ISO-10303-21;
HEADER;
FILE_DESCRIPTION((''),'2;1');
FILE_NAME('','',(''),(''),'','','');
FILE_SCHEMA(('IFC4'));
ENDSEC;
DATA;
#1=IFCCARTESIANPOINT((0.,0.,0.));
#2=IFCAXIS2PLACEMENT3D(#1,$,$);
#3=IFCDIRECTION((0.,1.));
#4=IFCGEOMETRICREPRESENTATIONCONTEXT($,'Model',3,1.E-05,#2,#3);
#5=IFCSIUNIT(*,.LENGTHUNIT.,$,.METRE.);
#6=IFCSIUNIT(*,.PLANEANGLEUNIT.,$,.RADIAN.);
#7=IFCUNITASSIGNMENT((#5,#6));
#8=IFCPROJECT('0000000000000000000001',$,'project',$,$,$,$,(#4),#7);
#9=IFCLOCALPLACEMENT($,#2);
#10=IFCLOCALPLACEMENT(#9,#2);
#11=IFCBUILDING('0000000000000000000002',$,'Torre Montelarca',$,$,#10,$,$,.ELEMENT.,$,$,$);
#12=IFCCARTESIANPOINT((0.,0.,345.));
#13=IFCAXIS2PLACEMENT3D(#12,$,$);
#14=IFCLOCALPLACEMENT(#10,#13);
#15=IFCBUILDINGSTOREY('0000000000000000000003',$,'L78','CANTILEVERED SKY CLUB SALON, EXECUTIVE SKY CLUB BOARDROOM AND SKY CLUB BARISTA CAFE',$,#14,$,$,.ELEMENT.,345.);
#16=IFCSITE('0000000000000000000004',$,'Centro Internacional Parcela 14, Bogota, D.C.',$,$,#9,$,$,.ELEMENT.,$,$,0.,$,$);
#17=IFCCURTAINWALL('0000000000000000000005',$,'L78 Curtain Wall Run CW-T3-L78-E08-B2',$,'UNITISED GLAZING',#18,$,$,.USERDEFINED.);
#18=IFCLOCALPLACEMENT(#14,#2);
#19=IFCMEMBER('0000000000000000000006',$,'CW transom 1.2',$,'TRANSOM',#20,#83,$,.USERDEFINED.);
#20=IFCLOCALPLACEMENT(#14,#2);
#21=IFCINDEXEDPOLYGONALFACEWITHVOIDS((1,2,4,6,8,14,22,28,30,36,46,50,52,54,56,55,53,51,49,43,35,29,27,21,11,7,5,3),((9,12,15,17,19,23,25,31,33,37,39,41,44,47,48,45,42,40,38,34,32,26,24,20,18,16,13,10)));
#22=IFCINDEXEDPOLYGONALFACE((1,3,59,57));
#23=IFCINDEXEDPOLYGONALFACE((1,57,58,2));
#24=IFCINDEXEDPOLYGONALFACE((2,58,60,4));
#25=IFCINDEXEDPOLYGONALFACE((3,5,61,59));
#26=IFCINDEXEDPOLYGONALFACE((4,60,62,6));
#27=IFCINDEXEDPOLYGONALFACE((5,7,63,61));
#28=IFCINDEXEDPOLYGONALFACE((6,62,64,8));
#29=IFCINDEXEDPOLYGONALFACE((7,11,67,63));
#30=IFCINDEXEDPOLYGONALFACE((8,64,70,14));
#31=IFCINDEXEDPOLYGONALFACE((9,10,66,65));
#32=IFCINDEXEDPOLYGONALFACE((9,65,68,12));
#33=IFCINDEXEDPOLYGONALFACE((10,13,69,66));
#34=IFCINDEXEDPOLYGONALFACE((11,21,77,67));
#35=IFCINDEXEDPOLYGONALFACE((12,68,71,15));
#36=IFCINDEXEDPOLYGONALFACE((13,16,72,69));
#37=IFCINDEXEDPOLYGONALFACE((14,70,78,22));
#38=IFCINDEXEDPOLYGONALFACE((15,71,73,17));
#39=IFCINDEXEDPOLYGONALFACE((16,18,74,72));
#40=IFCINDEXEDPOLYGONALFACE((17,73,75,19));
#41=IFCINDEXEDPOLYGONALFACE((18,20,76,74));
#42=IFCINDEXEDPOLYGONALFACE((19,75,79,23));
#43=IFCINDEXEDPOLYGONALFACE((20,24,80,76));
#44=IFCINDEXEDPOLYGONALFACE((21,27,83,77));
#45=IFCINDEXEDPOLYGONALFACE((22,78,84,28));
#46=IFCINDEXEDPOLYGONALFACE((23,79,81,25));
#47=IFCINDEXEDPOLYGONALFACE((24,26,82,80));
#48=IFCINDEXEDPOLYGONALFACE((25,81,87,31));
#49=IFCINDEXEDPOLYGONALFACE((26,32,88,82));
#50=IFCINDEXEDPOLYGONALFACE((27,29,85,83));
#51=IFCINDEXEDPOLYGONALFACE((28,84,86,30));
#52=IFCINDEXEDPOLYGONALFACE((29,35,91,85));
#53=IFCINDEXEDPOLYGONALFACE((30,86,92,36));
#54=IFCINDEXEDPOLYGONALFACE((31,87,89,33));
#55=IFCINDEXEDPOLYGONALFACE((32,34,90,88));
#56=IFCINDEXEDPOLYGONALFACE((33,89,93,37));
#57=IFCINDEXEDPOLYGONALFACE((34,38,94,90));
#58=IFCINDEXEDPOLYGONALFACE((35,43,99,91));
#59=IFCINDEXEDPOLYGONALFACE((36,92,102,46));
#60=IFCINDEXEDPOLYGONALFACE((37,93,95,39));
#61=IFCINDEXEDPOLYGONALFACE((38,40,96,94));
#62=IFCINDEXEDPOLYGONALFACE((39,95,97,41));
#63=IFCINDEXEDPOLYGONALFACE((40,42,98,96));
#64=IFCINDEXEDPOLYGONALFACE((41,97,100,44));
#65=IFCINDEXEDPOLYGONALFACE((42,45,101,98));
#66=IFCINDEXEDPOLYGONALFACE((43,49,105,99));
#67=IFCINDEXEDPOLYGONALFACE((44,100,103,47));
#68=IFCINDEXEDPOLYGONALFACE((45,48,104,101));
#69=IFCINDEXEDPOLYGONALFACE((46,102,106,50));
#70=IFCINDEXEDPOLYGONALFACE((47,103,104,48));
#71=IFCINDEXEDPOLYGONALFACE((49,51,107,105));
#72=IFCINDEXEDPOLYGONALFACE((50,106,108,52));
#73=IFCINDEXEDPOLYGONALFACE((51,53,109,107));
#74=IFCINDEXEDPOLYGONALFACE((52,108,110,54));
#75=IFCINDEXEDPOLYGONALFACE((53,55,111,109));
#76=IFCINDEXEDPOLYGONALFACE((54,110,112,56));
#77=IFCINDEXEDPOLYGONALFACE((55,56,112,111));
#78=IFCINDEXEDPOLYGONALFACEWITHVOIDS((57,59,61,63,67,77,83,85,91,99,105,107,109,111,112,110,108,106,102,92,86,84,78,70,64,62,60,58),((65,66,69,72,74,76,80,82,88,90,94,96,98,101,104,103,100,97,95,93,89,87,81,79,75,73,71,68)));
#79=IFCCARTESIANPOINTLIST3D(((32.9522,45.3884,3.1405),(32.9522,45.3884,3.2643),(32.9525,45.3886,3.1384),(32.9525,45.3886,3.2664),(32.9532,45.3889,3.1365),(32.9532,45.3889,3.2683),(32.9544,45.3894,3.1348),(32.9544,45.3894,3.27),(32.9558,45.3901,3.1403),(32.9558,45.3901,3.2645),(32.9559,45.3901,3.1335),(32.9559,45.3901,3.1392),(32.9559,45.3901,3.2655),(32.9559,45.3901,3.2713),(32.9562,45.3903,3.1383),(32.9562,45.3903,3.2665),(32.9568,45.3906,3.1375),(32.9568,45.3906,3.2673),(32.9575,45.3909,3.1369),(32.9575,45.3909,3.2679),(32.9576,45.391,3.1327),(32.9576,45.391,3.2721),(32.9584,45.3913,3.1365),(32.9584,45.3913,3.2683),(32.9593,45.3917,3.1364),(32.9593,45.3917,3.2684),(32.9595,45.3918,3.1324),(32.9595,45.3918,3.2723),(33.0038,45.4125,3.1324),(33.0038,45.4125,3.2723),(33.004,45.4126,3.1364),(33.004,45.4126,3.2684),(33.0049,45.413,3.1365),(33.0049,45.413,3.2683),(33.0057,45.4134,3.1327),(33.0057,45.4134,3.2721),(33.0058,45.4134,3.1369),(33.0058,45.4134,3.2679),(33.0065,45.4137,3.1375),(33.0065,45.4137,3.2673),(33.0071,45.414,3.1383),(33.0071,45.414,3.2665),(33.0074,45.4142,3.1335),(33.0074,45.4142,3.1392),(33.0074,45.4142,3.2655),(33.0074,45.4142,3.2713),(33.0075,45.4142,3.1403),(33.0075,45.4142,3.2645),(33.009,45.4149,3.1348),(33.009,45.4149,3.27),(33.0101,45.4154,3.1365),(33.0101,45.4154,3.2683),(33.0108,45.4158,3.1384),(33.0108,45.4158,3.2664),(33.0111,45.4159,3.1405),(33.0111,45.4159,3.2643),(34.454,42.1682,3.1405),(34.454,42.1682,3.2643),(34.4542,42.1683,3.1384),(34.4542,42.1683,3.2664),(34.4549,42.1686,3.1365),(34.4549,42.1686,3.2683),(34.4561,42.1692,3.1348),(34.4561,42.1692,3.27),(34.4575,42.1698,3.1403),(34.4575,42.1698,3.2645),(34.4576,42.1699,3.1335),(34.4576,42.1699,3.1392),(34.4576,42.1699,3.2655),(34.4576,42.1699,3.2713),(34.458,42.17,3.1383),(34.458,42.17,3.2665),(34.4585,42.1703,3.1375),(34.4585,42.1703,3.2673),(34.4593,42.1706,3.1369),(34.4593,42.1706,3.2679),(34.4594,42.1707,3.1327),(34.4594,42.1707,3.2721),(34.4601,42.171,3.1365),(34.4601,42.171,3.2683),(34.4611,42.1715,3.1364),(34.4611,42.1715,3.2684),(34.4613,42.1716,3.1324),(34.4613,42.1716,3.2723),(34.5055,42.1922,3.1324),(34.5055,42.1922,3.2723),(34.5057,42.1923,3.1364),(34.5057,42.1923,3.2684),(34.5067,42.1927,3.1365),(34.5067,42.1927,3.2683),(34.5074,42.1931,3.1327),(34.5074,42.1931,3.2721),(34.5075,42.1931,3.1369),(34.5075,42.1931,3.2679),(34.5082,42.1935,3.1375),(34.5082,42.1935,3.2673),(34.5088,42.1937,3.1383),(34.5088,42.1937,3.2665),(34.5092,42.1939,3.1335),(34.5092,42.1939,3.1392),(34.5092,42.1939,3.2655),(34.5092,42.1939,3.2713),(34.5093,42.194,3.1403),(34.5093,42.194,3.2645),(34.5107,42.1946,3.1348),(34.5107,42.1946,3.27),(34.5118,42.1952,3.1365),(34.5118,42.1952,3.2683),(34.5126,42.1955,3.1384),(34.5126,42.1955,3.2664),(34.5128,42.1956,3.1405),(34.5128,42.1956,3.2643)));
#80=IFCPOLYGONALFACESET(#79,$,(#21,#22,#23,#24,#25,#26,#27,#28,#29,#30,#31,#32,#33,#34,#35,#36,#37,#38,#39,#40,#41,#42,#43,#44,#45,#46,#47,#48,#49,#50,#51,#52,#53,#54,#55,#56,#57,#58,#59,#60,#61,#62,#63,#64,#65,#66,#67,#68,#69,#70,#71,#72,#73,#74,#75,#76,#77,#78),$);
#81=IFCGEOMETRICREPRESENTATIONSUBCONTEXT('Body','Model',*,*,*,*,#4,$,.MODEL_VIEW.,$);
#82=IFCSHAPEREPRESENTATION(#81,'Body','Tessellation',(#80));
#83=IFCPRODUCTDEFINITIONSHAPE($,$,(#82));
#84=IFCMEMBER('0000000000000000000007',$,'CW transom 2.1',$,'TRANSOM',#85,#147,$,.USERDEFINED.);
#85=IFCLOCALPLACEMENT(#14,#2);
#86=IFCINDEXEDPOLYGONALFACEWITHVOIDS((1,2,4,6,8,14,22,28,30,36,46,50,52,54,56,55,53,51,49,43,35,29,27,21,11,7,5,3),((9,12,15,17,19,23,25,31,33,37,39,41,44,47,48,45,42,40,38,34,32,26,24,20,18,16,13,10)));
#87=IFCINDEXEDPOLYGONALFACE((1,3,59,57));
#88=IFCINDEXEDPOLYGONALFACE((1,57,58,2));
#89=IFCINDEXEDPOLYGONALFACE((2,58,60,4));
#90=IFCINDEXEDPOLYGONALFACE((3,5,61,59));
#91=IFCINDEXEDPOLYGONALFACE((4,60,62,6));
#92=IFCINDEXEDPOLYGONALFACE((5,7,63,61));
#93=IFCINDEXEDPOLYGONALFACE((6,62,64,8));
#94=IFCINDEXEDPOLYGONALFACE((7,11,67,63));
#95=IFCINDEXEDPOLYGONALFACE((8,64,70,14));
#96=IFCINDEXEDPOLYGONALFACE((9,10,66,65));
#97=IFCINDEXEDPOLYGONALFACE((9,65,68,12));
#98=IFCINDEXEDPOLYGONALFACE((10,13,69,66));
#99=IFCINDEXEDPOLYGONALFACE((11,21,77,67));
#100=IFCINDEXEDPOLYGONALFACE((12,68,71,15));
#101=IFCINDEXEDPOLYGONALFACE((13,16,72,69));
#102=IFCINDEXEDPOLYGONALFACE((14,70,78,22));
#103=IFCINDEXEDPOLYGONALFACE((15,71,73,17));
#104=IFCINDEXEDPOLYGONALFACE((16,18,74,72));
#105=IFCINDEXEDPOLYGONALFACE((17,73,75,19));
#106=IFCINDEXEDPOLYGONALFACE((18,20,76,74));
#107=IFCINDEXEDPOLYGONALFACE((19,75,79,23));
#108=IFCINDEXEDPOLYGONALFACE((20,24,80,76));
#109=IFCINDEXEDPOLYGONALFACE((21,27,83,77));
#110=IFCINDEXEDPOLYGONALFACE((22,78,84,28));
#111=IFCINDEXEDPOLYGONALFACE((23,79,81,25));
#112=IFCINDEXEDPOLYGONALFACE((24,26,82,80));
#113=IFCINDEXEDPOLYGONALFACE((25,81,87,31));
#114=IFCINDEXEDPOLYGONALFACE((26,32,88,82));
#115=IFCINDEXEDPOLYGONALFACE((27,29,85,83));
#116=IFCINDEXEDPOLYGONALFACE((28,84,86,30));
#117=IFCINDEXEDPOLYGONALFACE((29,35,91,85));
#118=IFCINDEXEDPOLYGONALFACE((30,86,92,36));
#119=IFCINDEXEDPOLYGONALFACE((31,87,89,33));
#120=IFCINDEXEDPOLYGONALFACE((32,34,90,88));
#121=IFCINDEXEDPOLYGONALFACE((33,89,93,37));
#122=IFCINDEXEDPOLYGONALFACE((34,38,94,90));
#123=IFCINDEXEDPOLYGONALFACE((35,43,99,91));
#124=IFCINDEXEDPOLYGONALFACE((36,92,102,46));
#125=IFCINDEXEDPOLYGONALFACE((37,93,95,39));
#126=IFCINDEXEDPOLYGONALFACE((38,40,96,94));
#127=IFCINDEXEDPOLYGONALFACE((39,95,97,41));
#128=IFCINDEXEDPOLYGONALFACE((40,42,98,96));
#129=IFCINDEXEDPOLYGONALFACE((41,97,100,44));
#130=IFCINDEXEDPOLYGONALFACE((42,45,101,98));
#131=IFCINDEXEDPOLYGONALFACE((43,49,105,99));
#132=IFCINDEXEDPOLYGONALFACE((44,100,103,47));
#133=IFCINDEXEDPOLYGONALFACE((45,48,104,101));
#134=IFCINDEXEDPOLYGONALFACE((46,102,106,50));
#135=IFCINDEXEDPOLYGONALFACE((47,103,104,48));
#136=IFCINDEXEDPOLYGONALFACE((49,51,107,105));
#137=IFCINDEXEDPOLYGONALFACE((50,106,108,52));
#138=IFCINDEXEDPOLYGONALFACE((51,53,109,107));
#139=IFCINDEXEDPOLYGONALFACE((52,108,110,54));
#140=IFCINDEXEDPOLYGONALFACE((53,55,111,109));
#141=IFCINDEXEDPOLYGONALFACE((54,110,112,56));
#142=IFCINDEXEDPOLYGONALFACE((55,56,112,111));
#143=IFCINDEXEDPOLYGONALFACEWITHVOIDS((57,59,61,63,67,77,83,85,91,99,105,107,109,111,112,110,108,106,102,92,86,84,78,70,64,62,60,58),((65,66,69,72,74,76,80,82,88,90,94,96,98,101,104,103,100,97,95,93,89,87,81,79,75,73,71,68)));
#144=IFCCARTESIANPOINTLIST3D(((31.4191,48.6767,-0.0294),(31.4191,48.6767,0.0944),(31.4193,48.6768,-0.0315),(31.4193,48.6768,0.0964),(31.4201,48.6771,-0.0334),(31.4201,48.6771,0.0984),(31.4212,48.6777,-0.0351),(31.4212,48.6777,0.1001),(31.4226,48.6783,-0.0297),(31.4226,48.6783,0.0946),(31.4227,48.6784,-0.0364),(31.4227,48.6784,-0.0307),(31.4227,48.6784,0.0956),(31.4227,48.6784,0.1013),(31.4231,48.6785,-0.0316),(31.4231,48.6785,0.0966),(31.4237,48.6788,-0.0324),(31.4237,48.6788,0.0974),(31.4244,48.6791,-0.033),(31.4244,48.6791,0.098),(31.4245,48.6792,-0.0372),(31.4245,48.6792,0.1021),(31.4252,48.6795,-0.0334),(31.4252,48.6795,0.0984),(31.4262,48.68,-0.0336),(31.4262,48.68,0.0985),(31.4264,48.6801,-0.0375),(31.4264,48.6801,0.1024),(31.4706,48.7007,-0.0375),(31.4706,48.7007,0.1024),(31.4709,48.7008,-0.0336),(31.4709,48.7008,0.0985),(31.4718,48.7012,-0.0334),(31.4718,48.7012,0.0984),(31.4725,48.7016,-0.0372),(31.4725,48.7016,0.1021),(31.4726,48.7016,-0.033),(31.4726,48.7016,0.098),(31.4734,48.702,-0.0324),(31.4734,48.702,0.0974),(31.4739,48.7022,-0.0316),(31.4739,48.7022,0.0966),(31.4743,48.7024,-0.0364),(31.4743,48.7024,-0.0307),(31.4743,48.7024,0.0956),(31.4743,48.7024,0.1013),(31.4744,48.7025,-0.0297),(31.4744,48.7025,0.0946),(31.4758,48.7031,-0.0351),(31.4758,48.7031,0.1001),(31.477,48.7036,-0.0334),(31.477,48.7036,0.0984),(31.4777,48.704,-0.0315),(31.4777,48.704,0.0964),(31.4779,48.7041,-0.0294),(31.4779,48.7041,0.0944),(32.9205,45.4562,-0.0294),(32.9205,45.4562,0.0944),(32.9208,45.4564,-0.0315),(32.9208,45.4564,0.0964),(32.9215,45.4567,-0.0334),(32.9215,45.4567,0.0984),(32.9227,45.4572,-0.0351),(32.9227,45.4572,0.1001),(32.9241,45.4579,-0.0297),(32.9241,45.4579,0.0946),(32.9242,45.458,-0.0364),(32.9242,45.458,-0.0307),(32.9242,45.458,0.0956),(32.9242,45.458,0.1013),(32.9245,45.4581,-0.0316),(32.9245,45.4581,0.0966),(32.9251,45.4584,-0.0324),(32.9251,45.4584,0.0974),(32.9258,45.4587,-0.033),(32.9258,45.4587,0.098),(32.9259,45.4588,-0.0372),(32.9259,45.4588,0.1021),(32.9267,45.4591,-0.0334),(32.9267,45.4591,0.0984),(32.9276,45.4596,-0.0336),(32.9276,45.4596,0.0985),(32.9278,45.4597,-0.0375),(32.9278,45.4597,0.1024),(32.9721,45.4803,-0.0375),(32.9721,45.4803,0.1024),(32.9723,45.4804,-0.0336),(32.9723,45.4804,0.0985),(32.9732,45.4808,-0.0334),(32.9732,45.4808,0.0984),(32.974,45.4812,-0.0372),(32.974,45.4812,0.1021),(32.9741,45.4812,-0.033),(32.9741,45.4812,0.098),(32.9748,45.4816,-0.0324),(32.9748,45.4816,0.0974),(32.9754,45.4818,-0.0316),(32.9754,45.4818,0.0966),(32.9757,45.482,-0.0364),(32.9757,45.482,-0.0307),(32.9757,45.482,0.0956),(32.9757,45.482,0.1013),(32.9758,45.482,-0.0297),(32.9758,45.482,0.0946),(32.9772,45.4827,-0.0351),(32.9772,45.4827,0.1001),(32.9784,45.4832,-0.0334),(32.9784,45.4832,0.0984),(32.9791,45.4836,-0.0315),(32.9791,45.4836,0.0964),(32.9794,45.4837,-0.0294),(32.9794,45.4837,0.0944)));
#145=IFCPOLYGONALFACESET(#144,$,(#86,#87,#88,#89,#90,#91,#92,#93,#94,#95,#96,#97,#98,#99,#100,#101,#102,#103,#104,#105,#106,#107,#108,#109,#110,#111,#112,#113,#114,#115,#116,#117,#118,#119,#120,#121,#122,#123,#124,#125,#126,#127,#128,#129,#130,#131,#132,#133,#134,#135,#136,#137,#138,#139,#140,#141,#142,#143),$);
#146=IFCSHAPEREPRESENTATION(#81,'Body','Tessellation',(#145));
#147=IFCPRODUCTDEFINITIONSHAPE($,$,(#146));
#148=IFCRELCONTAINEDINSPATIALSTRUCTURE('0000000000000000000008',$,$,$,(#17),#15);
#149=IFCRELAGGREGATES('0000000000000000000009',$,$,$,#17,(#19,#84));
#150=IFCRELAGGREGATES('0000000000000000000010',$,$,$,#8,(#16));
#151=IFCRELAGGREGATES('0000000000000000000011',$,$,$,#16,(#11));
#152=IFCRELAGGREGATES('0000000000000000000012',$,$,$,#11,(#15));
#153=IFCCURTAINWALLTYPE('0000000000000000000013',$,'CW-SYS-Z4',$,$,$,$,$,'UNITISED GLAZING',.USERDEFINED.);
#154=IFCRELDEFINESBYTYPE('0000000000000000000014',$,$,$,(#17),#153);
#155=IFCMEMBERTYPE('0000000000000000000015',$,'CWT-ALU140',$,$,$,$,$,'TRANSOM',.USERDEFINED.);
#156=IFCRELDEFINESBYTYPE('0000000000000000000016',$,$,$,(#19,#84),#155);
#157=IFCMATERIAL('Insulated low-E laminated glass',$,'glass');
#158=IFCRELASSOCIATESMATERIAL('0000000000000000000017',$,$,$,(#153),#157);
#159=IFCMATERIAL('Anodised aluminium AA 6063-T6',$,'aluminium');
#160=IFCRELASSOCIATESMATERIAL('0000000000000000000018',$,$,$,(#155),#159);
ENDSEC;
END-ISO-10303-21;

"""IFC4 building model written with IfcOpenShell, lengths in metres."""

from ifc_helpers import new_model, si_unit, direction, frame, origin, origin_2d, place, context, subcontext, project, spatial, hollow_rectangle, extrude, source, transform, mapped, material, material_profile, profile_set, type_object, element, aggregate, save


model = new_model("IFC4")

# Units and contexts
model_context = context("Model", 3, precision=1e-05, world=origin(), true_north=direction((0.0, 1.0)))
body_context = subcontext(model_context, "Body", "Model", "MODEL_VIEW")
ifc_project = project(units=[si_unit("LENGTHUNIT", "METRE"), si_unit("PLANEANGLEUNIT", "RADIAN")], contexts=[model_context])

# Site, building, storey
site_placement = place(None, origin())
site = spatial("IfcSite", under=ifc_project, at=site_placement, Name="Centro Internacional Parcela 14, Bogota, D.C.", CompositionType="ELEMENT", RefElevation=0.0)
building_placement = place(site_placement, origin())
building = spatial("IfcBuilding", under=site, at=building_placement, Name="Torre Montelarca", CompositionType="ELEMENT")
storey_placement = place(building_placement, frame((0.0, 0.0, 345.0)))
storey = spatial("IfcBuildingStorey", under=building, at=storey_placement, Name="L78", Description="CANTILEVERED SKY CLUB SALON, EXECUTIVE SKY CLUB BOARDROOM AND SKY CLUB BARISTA CAFE", CompositionType="ELEMENT", Elevation=345.0)

# Shared definitions
ifc_material_1 = material(Name="Insulated low-E laminated glass", Category="glass")
curtain_wall_type = type_object("IfcCurtainWallType", Name="CW-SYS-Z4", ElementType="UNITISED GLAZING", PredefinedType="USERDEFINED", material=ifc_material_1)
ifc_material_2 = material(Name="Anodised aluminium AA 6063-T6", Category="aluminium")
ifc_material_profile_1 = material_profile(ifc_material_2, hollow_rectangle(XDim=0.0649, YDim=0.1399, WallThickness=0.0039, InnerFilletRadius=0.0039, OuterFilletRadius=0.0081, at=origin_2d()), Name="ALU65X140X4", Category="aluminium")
ifc_profile_set_1 = profile_set([ifc_material_profile_1], Name="Anodised aluminium AA 6063-T6")
member_type_1 = type_object("IfcMemberType", Name="CWT-ALU140", ElementType="TRANSOM", PredefinedType="USERDEFINED", material=ifc_profile_set_1)

# Curtain wall
curtain_wall_1_placement = place(storey_placement, origin())
curtain_wall_1 = element("IfcCurtainWall", 1, at=curtain_wall_1_placement, inside=storey, type_object=curtain_wall_type, Name="L78 Curtain Wall Run CW-T3-L78-E08-B2", ObjectType="UNITISED GLAZING", PredefinedType="USERDEFINED")

# Members
shared_shape_1 = source(origin(), body_context, "Body", "SweptSolid", [
    extrude(hollow_rectangle(XDim=0.0649, YDim=0.1399, WallThickness=0.0039, InnerFilletRadius=0.0039, OuterFilletRadius=0.0081, at=origin_2d()), origin(), (0.0, 0.0, 1.0), 3.5532),
])
member_1_placement = place(storey_placement, frame((34.4834, 42.1819, 3.2024), z_axis=(-0.422641, 0.906297, 0.0), x_axis=(-0.906297, -0.422641, 0.0)))
member_1 = element("IfcMember", 2, at=member_1_placement, type_object=member_type_1, Name="CW transom 1.2", ObjectType="TRANSOM", PredefinedType="USERDEFINED", context=body_context, shape_type="MappedRepresentation", body=[
    mapped(shared_shape_1, transform((0.0, 0.0, 0.0), scale=1.0)),
])
member_2_placement = place(storey_placement, frame((32.95, 45.47, 0.0325), z_axis=(-0.422558, 0.906336, 0.0), x_axis=(-0.906336, -0.422558, 0.0)))
member_2 = element("IfcMember", 3, at=member_2_placement, type_object=member_type_1, Name="CW transom 2.1", ObjectType="TRANSOM", PredefinedType="USERDEFINED", context=body_context, shape_type="MappedRepresentation", body=[
    mapped(shared_shape_1, transform((0.0, 0.0, 0.0), scale=1.0)),
])

aggregate(curtain_wall_1, [member_1, member_2])

save(model, "model.ifc")
